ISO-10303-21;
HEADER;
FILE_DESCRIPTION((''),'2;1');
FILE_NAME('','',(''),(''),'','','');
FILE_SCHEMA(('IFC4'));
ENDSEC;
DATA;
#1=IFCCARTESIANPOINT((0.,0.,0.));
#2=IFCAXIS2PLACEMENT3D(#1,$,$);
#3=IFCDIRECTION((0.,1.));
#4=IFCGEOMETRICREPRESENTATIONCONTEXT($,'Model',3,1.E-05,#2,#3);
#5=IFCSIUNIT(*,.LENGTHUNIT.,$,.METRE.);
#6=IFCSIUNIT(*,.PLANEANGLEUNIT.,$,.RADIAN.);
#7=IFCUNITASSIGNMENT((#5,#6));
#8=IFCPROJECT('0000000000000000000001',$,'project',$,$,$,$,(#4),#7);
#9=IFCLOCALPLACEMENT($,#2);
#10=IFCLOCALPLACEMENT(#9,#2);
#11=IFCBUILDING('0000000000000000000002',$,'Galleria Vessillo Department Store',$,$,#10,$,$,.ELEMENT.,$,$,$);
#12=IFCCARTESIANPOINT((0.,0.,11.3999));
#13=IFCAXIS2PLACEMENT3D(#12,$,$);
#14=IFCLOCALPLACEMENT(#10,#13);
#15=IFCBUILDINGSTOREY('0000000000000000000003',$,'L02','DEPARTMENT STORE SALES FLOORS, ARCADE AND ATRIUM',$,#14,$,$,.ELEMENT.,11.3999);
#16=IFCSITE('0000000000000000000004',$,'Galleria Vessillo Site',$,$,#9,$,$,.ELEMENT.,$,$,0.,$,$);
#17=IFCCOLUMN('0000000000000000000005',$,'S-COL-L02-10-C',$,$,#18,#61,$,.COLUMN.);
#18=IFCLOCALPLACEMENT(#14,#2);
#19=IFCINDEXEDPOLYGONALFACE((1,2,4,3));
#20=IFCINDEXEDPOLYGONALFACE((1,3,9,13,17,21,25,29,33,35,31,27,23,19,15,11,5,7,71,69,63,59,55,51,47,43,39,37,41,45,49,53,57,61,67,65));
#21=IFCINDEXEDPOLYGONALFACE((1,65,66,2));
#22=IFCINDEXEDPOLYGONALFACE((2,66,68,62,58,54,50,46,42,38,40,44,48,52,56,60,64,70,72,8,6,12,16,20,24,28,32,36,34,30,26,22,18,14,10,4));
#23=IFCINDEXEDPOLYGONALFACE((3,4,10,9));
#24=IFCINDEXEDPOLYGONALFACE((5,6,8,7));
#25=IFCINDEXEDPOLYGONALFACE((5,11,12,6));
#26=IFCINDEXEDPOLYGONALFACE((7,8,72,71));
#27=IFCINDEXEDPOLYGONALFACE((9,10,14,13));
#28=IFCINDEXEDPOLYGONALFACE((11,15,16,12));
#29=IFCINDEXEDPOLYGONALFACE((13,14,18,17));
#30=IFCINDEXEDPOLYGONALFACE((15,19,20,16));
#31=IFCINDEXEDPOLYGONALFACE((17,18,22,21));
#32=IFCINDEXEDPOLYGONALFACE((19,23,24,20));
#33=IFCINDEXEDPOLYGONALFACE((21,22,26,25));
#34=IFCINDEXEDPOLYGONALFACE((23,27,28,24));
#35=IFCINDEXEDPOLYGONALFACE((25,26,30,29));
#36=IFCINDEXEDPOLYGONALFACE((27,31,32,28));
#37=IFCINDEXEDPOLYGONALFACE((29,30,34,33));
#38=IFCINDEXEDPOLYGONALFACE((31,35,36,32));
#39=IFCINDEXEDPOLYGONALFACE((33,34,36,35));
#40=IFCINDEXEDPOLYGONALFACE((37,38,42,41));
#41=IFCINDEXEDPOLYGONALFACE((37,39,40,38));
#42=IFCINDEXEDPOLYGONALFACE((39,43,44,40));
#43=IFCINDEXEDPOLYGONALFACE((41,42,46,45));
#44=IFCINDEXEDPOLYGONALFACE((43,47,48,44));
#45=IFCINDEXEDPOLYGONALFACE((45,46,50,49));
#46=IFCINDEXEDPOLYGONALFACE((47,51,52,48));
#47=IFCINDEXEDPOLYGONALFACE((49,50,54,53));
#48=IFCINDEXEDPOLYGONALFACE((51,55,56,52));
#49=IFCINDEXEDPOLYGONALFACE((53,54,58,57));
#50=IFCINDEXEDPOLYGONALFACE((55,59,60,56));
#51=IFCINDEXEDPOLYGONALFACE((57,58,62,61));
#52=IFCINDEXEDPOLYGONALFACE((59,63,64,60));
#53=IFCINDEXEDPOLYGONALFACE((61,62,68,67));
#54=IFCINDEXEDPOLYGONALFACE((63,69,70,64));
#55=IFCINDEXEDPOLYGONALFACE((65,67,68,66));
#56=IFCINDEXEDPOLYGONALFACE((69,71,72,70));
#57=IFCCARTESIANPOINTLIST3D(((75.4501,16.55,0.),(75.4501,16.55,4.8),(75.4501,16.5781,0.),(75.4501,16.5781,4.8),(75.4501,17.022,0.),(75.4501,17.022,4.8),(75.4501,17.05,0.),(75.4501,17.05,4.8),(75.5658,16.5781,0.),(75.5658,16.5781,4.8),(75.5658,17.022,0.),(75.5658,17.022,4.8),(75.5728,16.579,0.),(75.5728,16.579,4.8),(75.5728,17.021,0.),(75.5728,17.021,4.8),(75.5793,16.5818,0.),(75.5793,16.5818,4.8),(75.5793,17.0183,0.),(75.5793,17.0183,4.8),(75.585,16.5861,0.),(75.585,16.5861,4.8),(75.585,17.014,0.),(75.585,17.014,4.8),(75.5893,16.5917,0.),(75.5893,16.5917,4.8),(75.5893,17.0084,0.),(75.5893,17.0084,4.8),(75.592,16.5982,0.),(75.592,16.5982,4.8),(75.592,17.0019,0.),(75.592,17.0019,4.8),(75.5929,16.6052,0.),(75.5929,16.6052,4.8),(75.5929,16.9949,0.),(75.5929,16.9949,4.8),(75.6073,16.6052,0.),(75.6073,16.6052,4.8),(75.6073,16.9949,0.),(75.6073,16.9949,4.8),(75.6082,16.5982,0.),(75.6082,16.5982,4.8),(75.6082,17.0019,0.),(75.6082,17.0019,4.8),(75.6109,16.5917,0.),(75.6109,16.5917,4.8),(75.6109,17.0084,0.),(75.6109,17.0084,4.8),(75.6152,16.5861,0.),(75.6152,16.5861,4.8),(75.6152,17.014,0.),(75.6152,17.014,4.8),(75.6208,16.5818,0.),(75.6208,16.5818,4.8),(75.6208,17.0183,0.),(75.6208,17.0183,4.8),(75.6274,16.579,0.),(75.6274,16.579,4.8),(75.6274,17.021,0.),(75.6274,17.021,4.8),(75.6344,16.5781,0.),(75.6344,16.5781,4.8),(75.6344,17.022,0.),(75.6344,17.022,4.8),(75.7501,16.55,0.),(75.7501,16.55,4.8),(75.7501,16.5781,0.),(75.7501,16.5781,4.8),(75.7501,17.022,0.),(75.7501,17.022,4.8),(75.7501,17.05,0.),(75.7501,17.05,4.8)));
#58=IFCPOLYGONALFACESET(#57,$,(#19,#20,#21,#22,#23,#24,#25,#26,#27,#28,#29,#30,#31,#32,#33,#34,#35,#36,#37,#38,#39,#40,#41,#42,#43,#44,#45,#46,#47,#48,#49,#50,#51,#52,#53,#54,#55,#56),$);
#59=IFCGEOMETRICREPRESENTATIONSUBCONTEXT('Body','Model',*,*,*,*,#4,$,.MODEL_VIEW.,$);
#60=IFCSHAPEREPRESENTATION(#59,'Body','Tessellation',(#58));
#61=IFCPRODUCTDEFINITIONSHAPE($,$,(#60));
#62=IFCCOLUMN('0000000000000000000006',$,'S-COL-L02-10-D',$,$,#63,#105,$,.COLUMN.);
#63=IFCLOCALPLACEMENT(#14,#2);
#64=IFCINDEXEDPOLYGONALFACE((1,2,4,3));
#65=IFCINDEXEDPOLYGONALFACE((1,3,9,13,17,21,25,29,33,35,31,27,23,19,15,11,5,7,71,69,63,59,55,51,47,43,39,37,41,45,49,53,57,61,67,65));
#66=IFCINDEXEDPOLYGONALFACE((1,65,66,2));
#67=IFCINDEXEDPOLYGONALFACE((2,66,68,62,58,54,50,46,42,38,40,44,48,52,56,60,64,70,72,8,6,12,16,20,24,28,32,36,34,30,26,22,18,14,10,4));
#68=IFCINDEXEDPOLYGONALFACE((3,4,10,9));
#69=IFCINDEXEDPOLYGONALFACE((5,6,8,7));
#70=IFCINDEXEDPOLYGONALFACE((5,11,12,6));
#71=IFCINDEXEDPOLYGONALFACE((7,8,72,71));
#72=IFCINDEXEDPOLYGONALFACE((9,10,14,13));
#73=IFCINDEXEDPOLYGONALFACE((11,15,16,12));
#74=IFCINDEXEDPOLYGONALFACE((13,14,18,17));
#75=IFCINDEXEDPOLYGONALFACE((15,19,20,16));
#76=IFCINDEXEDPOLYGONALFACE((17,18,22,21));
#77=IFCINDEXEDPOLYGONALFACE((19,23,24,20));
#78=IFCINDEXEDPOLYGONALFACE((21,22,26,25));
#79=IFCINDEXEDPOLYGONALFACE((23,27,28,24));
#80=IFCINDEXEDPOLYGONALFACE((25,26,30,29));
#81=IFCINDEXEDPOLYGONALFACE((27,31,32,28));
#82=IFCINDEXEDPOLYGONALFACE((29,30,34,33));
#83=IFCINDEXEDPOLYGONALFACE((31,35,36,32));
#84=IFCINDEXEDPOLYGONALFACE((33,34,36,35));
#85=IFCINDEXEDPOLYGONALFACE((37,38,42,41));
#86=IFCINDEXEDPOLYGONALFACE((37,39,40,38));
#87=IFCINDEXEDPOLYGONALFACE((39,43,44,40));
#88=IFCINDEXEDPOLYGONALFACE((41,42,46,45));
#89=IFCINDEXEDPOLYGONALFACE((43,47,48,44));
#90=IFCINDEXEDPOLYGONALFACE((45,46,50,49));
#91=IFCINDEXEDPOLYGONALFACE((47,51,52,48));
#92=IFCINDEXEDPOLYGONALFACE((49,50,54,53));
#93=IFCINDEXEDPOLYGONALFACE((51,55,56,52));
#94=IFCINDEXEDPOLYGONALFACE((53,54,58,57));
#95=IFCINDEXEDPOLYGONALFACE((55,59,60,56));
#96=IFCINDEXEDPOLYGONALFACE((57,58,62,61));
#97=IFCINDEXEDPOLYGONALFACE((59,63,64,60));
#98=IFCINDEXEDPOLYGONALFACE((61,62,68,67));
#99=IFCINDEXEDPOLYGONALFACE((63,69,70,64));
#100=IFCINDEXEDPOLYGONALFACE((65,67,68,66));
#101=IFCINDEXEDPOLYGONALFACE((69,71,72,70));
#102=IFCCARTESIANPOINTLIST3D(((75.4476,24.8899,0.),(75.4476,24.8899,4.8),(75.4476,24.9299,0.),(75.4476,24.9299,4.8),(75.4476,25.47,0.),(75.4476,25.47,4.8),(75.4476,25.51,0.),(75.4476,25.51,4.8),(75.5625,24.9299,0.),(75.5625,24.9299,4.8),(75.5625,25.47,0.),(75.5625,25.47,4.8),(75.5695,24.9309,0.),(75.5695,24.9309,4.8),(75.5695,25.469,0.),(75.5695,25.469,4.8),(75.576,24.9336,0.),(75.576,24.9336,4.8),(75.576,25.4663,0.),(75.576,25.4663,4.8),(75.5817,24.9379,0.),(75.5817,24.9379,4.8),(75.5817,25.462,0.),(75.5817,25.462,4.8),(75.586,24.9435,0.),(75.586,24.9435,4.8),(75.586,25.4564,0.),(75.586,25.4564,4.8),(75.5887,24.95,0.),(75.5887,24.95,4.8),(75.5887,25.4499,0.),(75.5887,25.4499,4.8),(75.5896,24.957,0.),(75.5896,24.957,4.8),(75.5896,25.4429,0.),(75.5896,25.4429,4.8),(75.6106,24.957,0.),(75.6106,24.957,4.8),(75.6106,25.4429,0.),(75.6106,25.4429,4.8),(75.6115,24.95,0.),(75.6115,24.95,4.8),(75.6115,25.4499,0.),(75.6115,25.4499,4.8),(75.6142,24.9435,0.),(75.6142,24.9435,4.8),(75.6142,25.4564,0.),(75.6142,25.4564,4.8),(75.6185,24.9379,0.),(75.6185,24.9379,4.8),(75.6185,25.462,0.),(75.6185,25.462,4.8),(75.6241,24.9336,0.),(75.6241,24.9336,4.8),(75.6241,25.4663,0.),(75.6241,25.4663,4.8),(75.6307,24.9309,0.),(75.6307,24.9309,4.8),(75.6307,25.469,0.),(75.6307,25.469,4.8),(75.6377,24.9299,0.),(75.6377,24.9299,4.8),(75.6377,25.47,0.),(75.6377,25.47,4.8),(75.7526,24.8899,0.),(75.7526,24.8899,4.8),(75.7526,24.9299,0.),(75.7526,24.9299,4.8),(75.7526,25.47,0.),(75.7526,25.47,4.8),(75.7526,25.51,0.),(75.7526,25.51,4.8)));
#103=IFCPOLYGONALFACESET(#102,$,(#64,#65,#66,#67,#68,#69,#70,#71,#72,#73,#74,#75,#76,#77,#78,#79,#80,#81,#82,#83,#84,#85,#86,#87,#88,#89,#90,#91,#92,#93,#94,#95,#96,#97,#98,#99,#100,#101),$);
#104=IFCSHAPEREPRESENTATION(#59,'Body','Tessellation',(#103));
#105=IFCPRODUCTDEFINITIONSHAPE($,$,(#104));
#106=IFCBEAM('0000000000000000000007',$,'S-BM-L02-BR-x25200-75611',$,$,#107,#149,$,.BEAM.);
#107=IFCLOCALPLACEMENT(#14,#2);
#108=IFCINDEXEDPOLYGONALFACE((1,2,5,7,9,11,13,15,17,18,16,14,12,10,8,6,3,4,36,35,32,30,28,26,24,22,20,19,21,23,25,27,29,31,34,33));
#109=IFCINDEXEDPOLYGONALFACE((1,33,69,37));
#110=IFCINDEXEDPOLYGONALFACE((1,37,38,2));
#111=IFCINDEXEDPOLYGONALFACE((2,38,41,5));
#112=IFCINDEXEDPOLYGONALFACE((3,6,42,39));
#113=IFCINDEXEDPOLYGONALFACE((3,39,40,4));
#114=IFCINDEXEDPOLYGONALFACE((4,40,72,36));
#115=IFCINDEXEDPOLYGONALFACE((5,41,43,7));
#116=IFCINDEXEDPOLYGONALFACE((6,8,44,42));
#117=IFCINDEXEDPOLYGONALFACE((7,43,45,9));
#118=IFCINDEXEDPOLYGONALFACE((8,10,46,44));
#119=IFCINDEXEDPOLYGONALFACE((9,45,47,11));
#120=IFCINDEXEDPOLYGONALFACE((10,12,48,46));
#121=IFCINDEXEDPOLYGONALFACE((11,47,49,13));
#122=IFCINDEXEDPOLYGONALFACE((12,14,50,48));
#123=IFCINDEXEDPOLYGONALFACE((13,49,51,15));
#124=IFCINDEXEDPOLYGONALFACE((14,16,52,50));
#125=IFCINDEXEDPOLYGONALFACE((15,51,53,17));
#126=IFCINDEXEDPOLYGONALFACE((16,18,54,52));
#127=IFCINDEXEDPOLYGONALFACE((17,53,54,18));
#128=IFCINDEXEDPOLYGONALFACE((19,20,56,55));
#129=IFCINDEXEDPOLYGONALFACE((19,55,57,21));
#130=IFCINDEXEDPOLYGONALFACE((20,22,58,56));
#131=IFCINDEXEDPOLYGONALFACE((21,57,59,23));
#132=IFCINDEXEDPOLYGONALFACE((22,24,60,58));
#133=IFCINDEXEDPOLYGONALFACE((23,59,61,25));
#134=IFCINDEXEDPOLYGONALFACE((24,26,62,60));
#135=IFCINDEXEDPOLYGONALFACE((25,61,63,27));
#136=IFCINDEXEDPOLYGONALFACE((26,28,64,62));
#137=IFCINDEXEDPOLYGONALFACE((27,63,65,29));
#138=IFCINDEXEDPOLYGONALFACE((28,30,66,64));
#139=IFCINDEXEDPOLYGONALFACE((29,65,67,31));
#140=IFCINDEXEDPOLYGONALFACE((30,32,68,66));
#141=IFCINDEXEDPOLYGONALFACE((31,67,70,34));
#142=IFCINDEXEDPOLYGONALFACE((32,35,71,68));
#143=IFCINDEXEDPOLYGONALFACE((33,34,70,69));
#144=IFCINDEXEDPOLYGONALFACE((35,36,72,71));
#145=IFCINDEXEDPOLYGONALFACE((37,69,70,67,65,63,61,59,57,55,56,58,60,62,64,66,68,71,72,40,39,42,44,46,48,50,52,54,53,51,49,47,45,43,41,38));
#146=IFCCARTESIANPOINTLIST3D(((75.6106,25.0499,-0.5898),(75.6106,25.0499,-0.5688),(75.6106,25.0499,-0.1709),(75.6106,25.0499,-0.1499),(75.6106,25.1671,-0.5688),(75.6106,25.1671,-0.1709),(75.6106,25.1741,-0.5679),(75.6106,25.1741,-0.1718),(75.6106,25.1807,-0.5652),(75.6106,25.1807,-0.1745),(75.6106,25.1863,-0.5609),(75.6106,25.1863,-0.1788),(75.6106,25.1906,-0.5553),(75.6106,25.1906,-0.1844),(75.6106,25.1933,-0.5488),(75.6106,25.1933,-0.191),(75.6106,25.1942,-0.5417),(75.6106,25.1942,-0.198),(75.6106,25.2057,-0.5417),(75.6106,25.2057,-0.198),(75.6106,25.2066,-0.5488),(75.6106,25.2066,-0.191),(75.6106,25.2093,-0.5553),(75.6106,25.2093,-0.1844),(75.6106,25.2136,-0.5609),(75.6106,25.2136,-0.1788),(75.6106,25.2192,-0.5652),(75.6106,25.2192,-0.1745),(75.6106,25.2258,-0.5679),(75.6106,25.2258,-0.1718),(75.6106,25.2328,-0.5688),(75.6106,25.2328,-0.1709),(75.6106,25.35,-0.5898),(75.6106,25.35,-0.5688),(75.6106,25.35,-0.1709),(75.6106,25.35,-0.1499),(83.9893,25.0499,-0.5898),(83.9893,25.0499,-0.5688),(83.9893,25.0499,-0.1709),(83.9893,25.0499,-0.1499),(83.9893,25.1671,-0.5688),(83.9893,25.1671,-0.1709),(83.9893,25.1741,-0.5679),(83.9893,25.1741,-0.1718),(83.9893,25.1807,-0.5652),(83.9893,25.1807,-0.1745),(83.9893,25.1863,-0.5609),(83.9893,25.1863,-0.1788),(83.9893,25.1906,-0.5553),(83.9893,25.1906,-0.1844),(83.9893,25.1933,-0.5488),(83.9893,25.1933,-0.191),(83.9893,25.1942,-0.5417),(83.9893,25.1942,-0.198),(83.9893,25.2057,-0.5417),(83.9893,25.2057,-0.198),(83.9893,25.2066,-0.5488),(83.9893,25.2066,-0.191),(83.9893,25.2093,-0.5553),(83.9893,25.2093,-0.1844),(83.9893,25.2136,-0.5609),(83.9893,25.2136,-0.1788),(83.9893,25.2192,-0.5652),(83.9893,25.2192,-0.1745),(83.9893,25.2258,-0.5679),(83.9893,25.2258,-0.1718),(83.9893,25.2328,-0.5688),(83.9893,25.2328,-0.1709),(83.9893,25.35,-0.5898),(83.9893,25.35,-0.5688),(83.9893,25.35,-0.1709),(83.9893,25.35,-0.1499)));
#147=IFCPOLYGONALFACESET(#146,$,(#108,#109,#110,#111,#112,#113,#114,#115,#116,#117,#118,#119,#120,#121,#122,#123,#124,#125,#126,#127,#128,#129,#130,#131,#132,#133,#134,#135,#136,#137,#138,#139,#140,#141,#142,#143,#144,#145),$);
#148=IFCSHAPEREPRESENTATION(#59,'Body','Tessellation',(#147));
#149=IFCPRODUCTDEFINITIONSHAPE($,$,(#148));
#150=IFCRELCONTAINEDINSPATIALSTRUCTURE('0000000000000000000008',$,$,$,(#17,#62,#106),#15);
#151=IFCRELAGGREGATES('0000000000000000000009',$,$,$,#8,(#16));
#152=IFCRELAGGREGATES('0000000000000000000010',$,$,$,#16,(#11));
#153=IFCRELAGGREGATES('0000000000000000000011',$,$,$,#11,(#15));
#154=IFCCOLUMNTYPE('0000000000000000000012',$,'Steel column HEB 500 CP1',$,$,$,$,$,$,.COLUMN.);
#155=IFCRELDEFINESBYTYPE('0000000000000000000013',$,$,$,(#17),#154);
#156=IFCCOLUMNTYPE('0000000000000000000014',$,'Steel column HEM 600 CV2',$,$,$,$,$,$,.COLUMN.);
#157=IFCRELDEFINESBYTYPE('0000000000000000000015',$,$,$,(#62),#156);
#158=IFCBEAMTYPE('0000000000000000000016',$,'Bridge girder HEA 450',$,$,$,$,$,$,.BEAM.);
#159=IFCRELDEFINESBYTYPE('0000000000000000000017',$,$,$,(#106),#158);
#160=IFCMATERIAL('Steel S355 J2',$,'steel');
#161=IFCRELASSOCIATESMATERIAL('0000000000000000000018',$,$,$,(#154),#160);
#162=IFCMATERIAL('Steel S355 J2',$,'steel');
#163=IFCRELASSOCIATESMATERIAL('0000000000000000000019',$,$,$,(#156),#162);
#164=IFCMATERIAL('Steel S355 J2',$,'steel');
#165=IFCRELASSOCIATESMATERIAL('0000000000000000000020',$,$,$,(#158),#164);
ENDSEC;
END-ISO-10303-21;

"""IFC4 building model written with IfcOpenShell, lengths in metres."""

from ifc_helpers import new_model, si_unit, direction, frame, origin, origin_2d, place, context, subcontext, project, spatial, i_section, extrude, material, material_profile, profile_set, type_object, element, save


model = new_model("IFC4")

# Units and contexts
model_context = context("Model", 3, precision=1e-05, world=origin(), true_north=direction((0.0, 1.0)))
body_context = subcontext(model_context, "Body", "Model", "MODEL_VIEW")
ifc_project = project(units=[si_unit("LENGTHUNIT", "METRE"), si_unit("PLANEANGLEUNIT", "RADIAN")], contexts=[model_context])

# Site, building, storey
site_placement = place(None, origin())
site = spatial("IfcSite", under=ifc_project, at=site_placement, Name="Galleria Vessillo Site", CompositionType="ELEMENT", RefElevation=0.0)
building_placement = place(site_placement, origin())
building = spatial("IfcBuilding", under=site, at=building_placement, Name="Galleria Vessillo Department Store", CompositionType="ELEMENT")
storey_placement = place(building_placement, frame((0.0, 0.0, 11.3999)))
storey = spatial("IfcBuildingStorey", under=building, at=storey_placement, Name="L02", Description="DEPARTMENT STORE SALES FLOORS, ARCADE AND ATRIUM", CompositionType="ELEMENT", Elevation=11.3999)

# Columns
ifc_material_1 = material(Name="Steel S355 J2", Category="steel")
ifc_material_profile_1 = material_profile(ifc_material_1, i_section(OverallWidth=0.3, OverallDepth=0.5, WebThickness=0.0144, FlangeThickness=0.0281, FilletRadius=0.0271, at=origin_2d()), Name="HEB 500")
ifc_profile_set_1 = profile_set([ifc_material_profile_1], Name="Steel S355 J2")
column_type_1 = type_object("IfcColumnType", Name="Steel column HEB 500 CP1", PredefinedType="COLUMN", material=ifc_profile_set_1)
column_1_placement = place(storey_placement, frame((75.6001, 16.8, 0.0), z_axis=(0.0, 0.0, 1.0), x_axis=(1.0, 0.0, 0.0)))
element("IfcColumn", 1, at=column_1_placement, inside=storey, type_object=column_type_1, Name="S-COL-L02-10-C", PredefinedType="COLUMN", context=body_context, shape_type="SweptSolid", body=[
    extrude(i_section(OverallWidth=0.3, OverallDepth=0.5, WebThickness=0.0144, FlangeThickness=0.0281, FilletRadius=0.0271, at=origin_2d()), origin(), (0.0, 0.0, 1.0), 4.8),
])
ifc_material_2 = material(Name="Steel S355 J2", Category="steel")
ifc_material_profile_2 = material_profile(ifc_material_2, i_section(OverallWidth=0.3049, OverallDepth=0.6201, WebThickness=0.021, FlangeThickness=0.04, FilletRadius=0.0271, at=origin_2d()), Name="HEM 600")
ifc_profile_set_2 = profile_set([ifc_material_profile_2], Name="Steel S355 J2")
column_type_2 = type_object("IfcColumnType", Name="Steel column HEM 600 CV2", PredefinedType="COLUMN", material=ifc_profile_set_2)
column_2_placement = place(storey_placement, frame((75.6001, 25.2, 0.0), z_axis=(0.0, 0.0, 1.0), x_axis=(1.0, 0.0, 0.0)))
element("IfcColumn", 2, at=column_2_placement, inside=storey, type_object=column_type_2, Name="S-COL-L02-10-D", PredefinedType="COLUMN", context=body_context, shape_type="SweptSolid", body=[
    extrude(i_section(OverallWidth=0.3049, OverallDepth=0.6201, WebThickness=0.021, FlangeThickness=0.04, FilletRadius=0.0271, at=origin_2d()), origin(), (0.0, 0.0, 1.0), 4.8),
])

# Beam
ifc_material_3 = material(Name="Steel S355 J2", Category="steel")
ifc_material_profile_3 = material_profile(ifc_material_3, i_section(OverallWidth=0.3, OverallDepth=0.4399, WebThickness=0.0115, FlangeThickness=0.021, FilletRadius=0.0271, at=origin_2d()), Name="HEA 450")
ifc_profile_set_3 = profile_set([ifc_material_profile_3], Name="Steel S355 J2")
beam_type_1 = type_object("IfcBeamType", Name="Bridge girder HEA 450", PredefinedType="BEAM", material=ifc_profile_set_3)
beam_1_placement = place(storey_placement, frame((75.6106, 25.2, -0.3699), z_axis=(1.0, 0.0, 0.0), x_axis=(0.0, 1.0, 0.0)))
element("IfcBeam", 3, at=beam_1_placement, inside=storey, type_object=beam_type_1, Name="S-BM-L02-BR-x25200-75611", PredefinedType="BEAM", context=body_context, shape_type="SweptSolid", body=[
    extrude(i_section(OverallWidth=0.3, OverallDepth=0.4399, WebThickness=0.0115, FlangeThickness=0.021, FilletRadius=0.0271, at=origin_2d()), origin(), (0.0, 0.0, 1.0), 8.3787),
])

save(model, "model.ifc")
